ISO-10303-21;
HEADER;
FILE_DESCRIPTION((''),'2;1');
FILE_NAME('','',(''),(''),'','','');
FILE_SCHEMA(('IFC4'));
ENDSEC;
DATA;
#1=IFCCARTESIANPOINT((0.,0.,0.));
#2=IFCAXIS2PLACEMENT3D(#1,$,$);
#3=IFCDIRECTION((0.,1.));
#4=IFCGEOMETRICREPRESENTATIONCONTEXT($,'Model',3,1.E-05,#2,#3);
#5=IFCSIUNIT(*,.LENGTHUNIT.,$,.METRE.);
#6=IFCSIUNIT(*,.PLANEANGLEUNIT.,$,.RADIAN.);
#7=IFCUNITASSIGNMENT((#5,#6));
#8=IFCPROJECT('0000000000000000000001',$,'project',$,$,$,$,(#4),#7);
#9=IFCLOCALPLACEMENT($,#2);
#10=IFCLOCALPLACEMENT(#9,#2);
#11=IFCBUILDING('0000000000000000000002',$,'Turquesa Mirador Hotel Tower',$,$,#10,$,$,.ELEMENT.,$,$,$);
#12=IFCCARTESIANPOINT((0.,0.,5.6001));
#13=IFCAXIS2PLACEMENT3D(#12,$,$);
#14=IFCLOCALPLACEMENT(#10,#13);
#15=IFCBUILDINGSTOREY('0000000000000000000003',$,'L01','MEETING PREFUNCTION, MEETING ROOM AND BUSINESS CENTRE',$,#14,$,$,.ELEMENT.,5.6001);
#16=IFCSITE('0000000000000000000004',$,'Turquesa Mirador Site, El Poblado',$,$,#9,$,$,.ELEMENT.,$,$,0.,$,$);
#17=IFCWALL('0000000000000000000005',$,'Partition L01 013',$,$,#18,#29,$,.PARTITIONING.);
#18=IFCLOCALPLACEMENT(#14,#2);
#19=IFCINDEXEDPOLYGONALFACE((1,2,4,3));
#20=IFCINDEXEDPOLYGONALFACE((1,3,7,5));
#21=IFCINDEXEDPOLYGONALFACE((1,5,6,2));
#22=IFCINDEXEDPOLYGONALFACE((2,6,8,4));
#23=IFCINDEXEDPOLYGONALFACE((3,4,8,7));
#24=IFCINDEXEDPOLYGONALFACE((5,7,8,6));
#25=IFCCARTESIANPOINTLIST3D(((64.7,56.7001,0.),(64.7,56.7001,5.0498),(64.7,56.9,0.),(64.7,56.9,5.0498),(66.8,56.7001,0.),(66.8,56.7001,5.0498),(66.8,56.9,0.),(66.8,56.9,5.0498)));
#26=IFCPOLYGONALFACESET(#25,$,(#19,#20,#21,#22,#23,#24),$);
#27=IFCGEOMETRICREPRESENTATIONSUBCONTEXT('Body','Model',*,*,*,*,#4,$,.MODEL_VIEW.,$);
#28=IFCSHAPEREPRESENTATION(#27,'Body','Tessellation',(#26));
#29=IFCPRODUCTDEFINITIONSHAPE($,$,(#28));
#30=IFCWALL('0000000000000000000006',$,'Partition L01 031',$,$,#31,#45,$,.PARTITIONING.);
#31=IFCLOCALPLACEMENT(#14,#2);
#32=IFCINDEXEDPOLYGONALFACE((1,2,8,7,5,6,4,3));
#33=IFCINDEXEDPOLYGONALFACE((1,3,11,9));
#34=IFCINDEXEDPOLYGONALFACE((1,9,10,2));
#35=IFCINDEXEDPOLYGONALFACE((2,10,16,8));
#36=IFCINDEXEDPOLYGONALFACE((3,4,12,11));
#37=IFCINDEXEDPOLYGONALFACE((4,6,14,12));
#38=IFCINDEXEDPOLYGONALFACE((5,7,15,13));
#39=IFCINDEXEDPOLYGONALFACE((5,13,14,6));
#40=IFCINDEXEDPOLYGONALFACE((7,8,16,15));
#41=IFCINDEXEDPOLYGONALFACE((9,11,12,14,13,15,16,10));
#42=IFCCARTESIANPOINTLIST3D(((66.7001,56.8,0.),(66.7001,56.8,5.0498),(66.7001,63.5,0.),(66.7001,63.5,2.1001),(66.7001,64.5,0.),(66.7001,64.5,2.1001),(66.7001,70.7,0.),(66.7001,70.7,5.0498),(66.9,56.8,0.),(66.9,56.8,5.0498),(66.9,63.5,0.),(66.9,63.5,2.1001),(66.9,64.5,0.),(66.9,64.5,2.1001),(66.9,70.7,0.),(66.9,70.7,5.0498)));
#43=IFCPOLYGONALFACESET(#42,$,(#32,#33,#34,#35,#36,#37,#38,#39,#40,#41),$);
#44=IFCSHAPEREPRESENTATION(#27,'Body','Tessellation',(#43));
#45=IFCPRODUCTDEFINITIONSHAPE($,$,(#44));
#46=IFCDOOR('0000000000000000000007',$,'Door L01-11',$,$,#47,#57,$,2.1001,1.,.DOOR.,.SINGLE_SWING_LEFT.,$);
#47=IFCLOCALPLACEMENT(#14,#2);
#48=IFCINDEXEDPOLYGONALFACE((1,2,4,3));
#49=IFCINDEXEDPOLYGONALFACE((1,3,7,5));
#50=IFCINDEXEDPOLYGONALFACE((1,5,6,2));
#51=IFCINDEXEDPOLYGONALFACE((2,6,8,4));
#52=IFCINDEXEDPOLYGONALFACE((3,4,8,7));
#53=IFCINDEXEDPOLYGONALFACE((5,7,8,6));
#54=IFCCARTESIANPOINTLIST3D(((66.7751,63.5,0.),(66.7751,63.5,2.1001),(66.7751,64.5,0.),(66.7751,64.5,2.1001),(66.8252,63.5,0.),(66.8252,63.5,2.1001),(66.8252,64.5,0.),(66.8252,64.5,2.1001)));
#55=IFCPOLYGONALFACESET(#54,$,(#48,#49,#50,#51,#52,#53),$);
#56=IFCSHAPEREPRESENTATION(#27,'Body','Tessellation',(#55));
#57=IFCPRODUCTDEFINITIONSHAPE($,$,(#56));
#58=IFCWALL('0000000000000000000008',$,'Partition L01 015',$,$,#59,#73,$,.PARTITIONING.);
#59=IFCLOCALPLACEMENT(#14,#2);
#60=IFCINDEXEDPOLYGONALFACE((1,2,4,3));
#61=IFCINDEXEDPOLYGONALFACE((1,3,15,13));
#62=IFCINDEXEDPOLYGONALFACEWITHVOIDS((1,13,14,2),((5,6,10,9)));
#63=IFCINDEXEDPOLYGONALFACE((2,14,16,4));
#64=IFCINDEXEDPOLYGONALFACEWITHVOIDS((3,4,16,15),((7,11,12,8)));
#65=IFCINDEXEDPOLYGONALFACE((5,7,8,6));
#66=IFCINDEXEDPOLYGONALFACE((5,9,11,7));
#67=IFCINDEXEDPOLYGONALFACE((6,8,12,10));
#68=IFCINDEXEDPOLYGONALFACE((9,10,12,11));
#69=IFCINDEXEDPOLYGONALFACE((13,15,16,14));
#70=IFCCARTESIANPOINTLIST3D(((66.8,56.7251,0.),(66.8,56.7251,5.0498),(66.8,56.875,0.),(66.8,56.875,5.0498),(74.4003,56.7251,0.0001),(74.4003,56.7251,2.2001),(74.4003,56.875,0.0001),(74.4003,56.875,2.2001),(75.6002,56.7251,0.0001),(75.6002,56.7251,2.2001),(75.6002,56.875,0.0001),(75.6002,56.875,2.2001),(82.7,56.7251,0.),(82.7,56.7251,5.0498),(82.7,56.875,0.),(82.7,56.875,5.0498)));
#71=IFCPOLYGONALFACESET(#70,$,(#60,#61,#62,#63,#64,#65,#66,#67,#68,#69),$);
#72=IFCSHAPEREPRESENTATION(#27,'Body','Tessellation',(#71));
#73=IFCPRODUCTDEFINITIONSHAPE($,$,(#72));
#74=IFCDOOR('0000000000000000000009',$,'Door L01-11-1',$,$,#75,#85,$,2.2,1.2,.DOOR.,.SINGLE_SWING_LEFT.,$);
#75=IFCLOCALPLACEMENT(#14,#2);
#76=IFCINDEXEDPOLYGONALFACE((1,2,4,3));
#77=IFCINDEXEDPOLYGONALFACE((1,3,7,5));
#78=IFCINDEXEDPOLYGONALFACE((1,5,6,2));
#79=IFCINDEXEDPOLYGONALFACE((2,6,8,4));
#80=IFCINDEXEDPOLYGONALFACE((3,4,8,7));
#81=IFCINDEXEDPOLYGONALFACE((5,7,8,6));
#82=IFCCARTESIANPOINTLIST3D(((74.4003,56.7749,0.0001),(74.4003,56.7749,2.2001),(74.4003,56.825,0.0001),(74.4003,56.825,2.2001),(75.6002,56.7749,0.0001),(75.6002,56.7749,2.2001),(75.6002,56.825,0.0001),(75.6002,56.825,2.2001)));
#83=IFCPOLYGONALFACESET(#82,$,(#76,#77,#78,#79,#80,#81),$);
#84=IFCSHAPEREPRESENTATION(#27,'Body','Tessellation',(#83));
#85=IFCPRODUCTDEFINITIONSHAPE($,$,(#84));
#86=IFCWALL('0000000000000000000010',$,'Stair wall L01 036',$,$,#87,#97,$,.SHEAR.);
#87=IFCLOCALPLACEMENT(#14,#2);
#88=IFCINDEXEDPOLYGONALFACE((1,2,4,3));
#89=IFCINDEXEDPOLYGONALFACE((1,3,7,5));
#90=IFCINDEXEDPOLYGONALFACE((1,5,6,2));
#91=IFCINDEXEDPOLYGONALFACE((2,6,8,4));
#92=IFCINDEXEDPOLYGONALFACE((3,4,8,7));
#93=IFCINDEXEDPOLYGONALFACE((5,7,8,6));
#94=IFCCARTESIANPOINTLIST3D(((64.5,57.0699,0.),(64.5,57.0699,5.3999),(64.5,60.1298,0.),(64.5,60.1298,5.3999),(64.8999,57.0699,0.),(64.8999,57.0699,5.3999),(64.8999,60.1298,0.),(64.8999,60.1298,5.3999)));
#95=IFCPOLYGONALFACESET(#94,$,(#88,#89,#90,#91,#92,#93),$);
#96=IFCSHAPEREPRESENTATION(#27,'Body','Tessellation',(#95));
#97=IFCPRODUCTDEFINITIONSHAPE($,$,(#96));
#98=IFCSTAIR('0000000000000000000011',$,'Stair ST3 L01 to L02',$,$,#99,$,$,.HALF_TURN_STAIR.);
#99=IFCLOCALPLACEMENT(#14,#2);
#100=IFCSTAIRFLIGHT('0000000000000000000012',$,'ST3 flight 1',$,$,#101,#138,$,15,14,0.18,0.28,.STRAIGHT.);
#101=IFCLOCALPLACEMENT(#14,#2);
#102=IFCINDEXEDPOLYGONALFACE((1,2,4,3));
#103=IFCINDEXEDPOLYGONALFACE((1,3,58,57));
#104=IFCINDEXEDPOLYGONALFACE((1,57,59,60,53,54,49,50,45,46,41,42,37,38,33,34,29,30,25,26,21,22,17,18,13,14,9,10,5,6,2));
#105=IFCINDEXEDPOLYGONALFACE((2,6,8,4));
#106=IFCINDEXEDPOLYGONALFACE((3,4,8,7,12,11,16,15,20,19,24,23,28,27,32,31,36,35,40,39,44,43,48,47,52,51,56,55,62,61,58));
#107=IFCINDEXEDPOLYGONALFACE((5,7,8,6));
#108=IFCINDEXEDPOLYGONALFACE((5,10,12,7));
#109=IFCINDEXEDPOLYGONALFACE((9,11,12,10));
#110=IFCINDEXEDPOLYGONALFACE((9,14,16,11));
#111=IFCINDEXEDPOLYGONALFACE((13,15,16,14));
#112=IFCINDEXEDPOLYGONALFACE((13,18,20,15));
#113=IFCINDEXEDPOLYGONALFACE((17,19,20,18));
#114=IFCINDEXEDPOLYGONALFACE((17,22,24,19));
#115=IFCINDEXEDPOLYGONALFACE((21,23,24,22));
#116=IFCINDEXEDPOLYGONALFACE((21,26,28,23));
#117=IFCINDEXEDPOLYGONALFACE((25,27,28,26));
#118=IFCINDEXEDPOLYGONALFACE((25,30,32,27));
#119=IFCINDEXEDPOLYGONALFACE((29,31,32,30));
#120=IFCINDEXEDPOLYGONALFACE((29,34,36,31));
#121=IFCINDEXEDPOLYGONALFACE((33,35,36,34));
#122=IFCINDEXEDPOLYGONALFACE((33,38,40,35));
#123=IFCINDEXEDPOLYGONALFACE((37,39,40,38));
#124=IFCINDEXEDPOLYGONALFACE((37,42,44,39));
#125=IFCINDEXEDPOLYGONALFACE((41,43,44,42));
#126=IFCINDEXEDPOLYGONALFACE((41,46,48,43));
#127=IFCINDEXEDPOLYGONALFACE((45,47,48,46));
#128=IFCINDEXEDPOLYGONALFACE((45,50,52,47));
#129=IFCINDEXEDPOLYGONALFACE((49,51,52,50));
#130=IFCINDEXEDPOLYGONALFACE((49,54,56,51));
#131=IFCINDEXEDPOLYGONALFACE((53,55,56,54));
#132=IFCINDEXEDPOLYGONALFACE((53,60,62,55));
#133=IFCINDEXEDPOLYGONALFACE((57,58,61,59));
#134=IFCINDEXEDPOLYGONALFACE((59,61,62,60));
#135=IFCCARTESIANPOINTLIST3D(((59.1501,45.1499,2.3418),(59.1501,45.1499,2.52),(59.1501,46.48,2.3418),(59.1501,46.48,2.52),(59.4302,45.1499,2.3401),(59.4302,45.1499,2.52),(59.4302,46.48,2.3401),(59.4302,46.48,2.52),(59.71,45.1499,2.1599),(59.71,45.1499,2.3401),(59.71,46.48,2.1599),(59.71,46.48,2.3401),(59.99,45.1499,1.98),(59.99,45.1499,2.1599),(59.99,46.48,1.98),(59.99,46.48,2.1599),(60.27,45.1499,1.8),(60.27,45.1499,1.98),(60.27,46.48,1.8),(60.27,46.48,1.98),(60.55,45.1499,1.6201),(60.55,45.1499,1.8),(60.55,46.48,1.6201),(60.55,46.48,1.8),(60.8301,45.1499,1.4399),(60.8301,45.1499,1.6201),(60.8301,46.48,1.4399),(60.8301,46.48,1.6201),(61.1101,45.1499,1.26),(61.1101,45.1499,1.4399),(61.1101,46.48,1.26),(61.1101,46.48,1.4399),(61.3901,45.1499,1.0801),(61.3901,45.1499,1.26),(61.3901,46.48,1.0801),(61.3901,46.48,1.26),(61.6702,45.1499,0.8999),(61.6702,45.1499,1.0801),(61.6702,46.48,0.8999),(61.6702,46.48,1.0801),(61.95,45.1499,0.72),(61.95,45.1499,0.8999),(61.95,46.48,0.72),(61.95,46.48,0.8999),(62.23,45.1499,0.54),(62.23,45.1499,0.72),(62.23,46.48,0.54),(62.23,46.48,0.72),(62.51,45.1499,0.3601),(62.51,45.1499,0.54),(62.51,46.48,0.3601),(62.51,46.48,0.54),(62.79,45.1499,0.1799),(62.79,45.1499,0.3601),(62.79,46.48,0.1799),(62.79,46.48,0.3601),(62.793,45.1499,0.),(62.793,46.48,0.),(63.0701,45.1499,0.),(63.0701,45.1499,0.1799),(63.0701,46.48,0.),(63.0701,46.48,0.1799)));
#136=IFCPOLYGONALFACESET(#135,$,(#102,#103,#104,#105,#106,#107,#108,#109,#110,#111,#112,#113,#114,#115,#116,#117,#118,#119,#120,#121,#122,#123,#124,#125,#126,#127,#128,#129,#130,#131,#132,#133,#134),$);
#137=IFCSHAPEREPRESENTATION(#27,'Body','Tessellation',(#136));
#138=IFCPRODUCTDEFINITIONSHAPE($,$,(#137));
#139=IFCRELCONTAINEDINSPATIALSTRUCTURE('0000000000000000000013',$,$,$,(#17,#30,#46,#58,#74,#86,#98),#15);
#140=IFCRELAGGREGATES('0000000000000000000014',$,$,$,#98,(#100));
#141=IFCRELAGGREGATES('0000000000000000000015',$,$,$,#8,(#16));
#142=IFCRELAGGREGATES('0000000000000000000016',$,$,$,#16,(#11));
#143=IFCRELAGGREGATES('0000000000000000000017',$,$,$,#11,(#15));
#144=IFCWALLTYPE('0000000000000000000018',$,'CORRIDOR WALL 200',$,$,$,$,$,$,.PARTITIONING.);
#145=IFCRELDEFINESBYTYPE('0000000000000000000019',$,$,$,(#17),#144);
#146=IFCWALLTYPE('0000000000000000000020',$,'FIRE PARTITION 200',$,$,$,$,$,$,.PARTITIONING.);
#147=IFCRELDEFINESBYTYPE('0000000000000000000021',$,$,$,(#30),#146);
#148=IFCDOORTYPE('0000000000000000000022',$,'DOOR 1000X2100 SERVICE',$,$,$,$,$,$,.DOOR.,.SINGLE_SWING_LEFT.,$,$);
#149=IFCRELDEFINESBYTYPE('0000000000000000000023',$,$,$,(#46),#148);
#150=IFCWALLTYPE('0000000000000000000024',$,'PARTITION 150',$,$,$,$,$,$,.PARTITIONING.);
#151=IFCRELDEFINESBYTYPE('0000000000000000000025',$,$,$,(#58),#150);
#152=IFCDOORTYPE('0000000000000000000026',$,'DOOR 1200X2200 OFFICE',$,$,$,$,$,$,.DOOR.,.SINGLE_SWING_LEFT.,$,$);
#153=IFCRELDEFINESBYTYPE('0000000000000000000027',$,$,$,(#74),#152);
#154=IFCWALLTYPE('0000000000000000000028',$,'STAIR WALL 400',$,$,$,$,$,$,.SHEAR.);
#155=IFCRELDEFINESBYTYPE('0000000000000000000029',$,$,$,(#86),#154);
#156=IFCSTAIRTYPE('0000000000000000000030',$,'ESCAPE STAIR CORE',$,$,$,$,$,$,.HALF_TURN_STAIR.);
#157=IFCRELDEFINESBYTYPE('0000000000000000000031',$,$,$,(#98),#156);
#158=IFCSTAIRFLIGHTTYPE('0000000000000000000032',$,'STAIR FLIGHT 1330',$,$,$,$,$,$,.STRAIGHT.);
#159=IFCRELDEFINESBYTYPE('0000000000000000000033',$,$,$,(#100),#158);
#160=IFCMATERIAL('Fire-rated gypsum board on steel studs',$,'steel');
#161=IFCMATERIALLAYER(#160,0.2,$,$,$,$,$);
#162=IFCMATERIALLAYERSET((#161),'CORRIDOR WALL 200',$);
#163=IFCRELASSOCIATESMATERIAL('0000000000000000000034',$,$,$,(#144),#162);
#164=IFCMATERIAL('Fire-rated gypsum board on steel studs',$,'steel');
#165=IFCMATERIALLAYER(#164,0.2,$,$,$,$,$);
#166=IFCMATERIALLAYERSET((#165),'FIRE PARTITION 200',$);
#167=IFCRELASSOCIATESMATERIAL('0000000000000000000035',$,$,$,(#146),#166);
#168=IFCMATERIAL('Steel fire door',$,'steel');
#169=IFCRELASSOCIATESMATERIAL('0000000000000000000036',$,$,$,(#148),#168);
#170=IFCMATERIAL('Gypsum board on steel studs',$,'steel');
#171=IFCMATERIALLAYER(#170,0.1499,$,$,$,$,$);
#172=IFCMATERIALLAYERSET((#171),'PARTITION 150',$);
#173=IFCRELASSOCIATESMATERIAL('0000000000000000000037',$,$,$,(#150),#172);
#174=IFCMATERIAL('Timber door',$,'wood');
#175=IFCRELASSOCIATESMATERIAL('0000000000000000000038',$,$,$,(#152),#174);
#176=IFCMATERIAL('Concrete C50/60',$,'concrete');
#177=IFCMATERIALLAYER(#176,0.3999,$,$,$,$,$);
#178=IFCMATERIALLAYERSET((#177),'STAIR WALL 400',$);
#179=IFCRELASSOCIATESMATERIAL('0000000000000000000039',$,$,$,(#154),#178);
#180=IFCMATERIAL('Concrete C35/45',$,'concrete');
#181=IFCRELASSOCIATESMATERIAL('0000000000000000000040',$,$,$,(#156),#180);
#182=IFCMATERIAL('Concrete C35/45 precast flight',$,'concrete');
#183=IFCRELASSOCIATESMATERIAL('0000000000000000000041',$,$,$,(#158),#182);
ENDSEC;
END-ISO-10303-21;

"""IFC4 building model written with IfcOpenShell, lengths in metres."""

from ifc_helpers import new_model, si_unit, direction, frame, frame_2d, origin, place, context, subcontext, project, spatial, polyline, rectangle, outline, extrude, material, layer, layer_set, type_object, element, fill, aggregate, save


model = new_model("IFC4")

# Units and contexts
model_context = context("Model", 3, precision=1e-05, world=origin(), true_north=direction((0.0, 1.0)))
body_context = subcontext(model_context, "Body", "Model", "MODEL_VIEW")
ifc_project = project(units=[si_unit("LENGTHUNIT", "METRE"), si_unit("PLANEANGLEUNIT", "RADIAN")], contexts=[model_context])

# Site, building, storey
site_placement = place(None, origin())
site = spatial("IfcSite", under=ifc_project, at=site_placement, Name="Turquesa Mirador Site, El Poblado", CompositionType="ELEMENT", RefElevation=0.0)
building_placement = place(site_placement, origin())
building = spatial("IfcBuilding", under=site, at=building_placement, Name="Turquesa Mirador Hotel Tower", CompositionType="ELEMENT")
storey_placement = place(building_placement, frame((0.0, 0.0, 5.6001)))
storey = spatial("IfcBuildingStorey", under=building, at=storey_placement, Name="L01", Description="MEETING PREFUNCTION, MEETING ROOM AND BUSINESS CENTRE", CompositionType="ELEMENT", Elevation=5.6001)

# Wall
ifc_material_1 = material(Name="Fire-rated gypsum board on steel studs", Category="steel")
ifc_layer_1 = layer(ifc_material_1, 0.2)
ifc_layer_set_1 = layer_set([ifc_layer_1], Name="CORRIDOR WALL 200")
wall_type_1 = type_object("IfcWallType", Name="CORRIDOR WALL 200", PredefinedType="PARTITIONING", material=ifc_layer_set_1)
wall_1_placement = place(storey_placement, frame((64.7, 56.8, 0.0), z_axis=(0.0, 0.0, 1.0), x_axis=(1.0, 0.0, 0.0)))
element("IfcWall", 1, at=wall_1_placement, inside=storey, type_object=wall_type_1, Name="Partition L01 013", PredefinedType="PARTITIONING", context=body_context, shape_type="SweptSolid", body=[
    extrude(rectangle(XDim=2.1001, YDim=0.2, at=frame_2d((1.05, 0.0))), origin(), (0.0, 0.0, 1.0), 5.0498),
])

# Walls, openings, doors
ifc_material_2 = material(Name="Fire-rated gypsum board on steel studs", Category="steel")
ifc_layer_2 = layer(ifc_material_2, 0.2)
ifc_layer_set_2 = layer_set([ifc_layer_2], Name="FIRE PARTITION 200")
wall_type_2 = type_object("IfcWallType", Name="FIRE PARTITION 200", PredefinedType="PARTITIONING", material=ifc_layer_set_2)
wall_2_placement = place(storey_placement, frame((66.8, 56.8, 0.0), z_axis=(0.0, 0.0, 1.0), x_axis=(0.0, 1.0, 0.0)))
wall_2 = element("IfcWall", 2, at=wall_2_placement, inside=storey, type_object=wall_type_2, Name="Partition L01 031", PredefinedType="PARTITIONING", context=body_context, shape_type="SweptSolid", body=[
    extrude(rectangle(XDim=13.8999, YDim=0.2, at=frame_2d((6.95, 0.0))), origin(), (0.0, 0.0, 1.0), 5.0498),
])
opening_1_placement = place(wall_2_placement, frame((6.7, 0.0, 0.0)))
opening_1 = element("IfcOpeningElement", 3, at=opening_1_placement, cuts=wall_2, PredefinedType="OPENING", context=body_context, shape_type="SweptSolid", body=[
    extrude(rectangle(XDim=1.0, YDim=2.1001, at=frame_2d((0.5, 1.05))), frame((0.0, 0.1099, 0.0), z_axis=(0.0, -1.0, 0.0), x_axis=(1.0, 0.0, 0.0)), (0.0, 0.0, 1.0), 0.22),
])
ifc_material_3 = material(Name="Steel fire door", Category="steel")
door_type_1 = type_object("IfcDoorType", Name="DOOR 1000X2100 SERVICE", OperationType="SINGLE_SWING_LEFT", PredefinedType="DOOR", material=ifc_material_3)
door_1_placement = place(opening_1_placement, origin())
door_1 = element("IfcDoor", 4, at=door_1_placement, inside=storey, type_object=door_type_1, Name="Door L01-11", OperationType="SINGLE_SWING_LEFT", OverallHeight=2.1001, OverallWidth=1.0, PredefinedType="DOOR", context=body_context, shape_type="SweptSolid", body=[
    extrude(rectangle(XDim=1.0, YDim=2.1001, at=frame_2d((0.5, 1.05))), frame((0.0, 0.0249, 0.0), z_axis=(0.0, -1.0, 0.0), x_axis=(1.0, 0.0, 0.0)), (0.0, 0.0, 1.0), 0.05),
])
fill(opening_1, door_1)
ifc_material_4 = material(Name="Gypsum board on steel studs", Category="steel")
ifc_layer_3 = layer(ifc_material_4, 0.1499)
ifc_layer_set_3 = layer_set([ifc_layer_3], Name="PARTITION 150")
wall_type_3 = type_object("IfcWallType", Name="PARTITION 150", PredefinedType="PARTITIONING", material=ifc_layer_set_3)
wall_3_placement = place(storey_placement, frame((66.8, 56.8, 0.0), z_axis=(0.0, 0.0, 1.0), x_axis=(1.0, 0.0, 0.0)))
wall_3 = element("IfcWall", 5, at=wall_3_placement, inside=storey, type_object=wall_type_3, Name="Partition L01 015", PredefinedType="PARTITIONING", context=body_context, shape_type="SweptSolid", body=[
    extrude(rectangle(XDim=15.8999, YDim=0.1499, at=frame_2d((7.95, 0.0))), origin(), (0.0, 0.0, 1.0), 5.0498),
])
opening_2_placement = place(wall_3_placement, frame((7.6001, 0.0, 0.0)))
opening_2 = element("IfcOpeningElement", 6, at=opening_2_placement, cuts=wall_3, PredefinedType="OPENING", context=body_context, shape_type="SweptSolid", body=[
    extrude(rectangle(XDim=1.2, YDim=2.2, at=frame_2d((0.6001, 1.1001))), frame((0.0, 0.085, 0.0), z_axis=(0.0, -1.0, 0.0), x_axis=(1.0, 0.0, 0.0)), (0.0, 0.0, 1.0), 0.1699),
])
ifc_material_5 = material(Name="Timber door", Category="wood")
door_type_2 = type_object("IfcDoorType", Name="DOOR 1200X2200 OFFICE", OperationType="SINGLE_SWING_LEFT", PredefinedType="DOOR", material=ifc_material_5)
door_2_placement = place(opening_2_placement, origin())
door_2 = element("IfcDoor", 7, at=door_2_placement, inside=storey, type_object=door_type_2, Name="Door L01-11-1", OperationType="SINGLE_SWING_LEFT", OverallHeight=2.2, OverallWidth=1.2, PredefinedType="DOOR", context=body_context, shape_type="SweptSolid", body=[
    extrude(rectangle(XDim=1.2, YDim=2.2, at=frame_2d((0.6001, 1.1001))), frame((0.0, 0.0249, 0.0), z_axis=(0.0, -1.0, 0.0), x_axis=(1.0, 0.0, 0.0)), (0.0, 0.0, 1.0), 0.05),
])
fill(opening_2, door_2)

# Wall
ifc_material_6 = material(Name="Concrete C50/60", Category="concrete")
ifc_layer_4 = layer(ifc_material_6, 0.3999)
ifc_layer_set_4 = layer_set([ifc_layer_4], Name="STAIR WALL 400")
wall_type_4 = type_object("IfcWallType", Name="STAIR WALL 400", PredefinedType="SHEAR", material=ifc_layer_set_4)
wall_4_placement = place(storey_placement, frame((64.7, 57.0701, 0.0), z_axis=(0.0, 0.0, 1.0), x_axis=(0.0, 1.0, 0.0)))
element("IfcWall", 8, at=wall_4_placement, inside=storey, type_object=wall_type_4, Name="Stair wall L01 036", PredefinedType="SHEAR", context=body_context, shape_type="SweptSolid", body=[
    extrude(rectangle(XDim=3.0598, YDim=0.3999, at=frame_2d((1.5298, 0.0))), origin(), (0.0, 0.0, 1.0), 5.3999),
])

# Stair, stair flight
ifc_material_7 = material(Name="Concrete C35/45", Category="concrete")
stair_type = type_object("IfcStairType", Name="ESCAPE STAIR CORE", PredefinedType="HALF_TURN_STAIR", material=ifc_material_7)
stair_placement = place(storey_placement, origin())
stair = element("IfcStair", 9, at=stair_placement, inside=storey, type_object=stair_type, Name="Stair ST3 L01 to L02", PredefinedType="HALF_TURN_STAIR")
ifc_material_8 = material(Name="Concrete C35/45 precast flight", Category="concrete")
stair_flight_type = type_object("IfcStairFlightType", Name="STAIR FLIGHT 1330", PredefinedType="STRAIGHT", material=ifc_material_8)
stair_flight_placement = place(storey_placement, frame((63.0701, 45.8149, 0.0), z_axis=(0.0, 0.0, 1.0), x_axis=(-1.0, 0.0, 0.0)))
stair_flight = element("IfcStairFlight", 10, at=stair_flight_placement, type_object=stair_flight_type, Name="ST3 flight 1", NumberOfRisers=15, NumberOfTreads=14, PredefinedType="STRAIGHT", RiserHeight=0.18, TreadLength=0.28, context=body_context, shape_type="SweptSolid", body=[
    extrude(outline(polyline([(0.0, 0.0), (0.0, 0.1799), (0.28, 0.1799), (0.28, 0.3601), (0.5601, 0.3601), (0.5601, 0.54), (0.8401, 0.54), (0.8401, 0.72), (1.1201, 0.72), (1.1201, 0.8999), (1.3999, 0.8999), (1.3999, 1.0801), (1.6799, 1.0801), (1.6799, 1.26), (1.96, 1.26), (1.96, 1.4399), (2.24, 1.4399), (2.24, 1.6201), (2.52, 1.6201), (2.52, 1.8), (2.8, 1.8), (2.8, 1.98), (3.0801, 1.98), (3.0801, 2.1599), (3.3601, 2.1599), (3.3601, 2.3401), (3.6399, 2.3401), (3.6399, 2.52), (3.9199, 2.52), (3.9199, 2.7), (3.9199, 2.3418), (0.2771, 0.0), (0.0, 0.0)])), frame((0.0, 0.665, 0.0), z_axis=(0.0, -1.0, 0.0), x_axis=(1.0, 0.0, 0.0)), (0.0, 0.0, 1.0), 1.3301),
])
aggregate(stair, [stair_flight])

save(model, "model.ifc")
